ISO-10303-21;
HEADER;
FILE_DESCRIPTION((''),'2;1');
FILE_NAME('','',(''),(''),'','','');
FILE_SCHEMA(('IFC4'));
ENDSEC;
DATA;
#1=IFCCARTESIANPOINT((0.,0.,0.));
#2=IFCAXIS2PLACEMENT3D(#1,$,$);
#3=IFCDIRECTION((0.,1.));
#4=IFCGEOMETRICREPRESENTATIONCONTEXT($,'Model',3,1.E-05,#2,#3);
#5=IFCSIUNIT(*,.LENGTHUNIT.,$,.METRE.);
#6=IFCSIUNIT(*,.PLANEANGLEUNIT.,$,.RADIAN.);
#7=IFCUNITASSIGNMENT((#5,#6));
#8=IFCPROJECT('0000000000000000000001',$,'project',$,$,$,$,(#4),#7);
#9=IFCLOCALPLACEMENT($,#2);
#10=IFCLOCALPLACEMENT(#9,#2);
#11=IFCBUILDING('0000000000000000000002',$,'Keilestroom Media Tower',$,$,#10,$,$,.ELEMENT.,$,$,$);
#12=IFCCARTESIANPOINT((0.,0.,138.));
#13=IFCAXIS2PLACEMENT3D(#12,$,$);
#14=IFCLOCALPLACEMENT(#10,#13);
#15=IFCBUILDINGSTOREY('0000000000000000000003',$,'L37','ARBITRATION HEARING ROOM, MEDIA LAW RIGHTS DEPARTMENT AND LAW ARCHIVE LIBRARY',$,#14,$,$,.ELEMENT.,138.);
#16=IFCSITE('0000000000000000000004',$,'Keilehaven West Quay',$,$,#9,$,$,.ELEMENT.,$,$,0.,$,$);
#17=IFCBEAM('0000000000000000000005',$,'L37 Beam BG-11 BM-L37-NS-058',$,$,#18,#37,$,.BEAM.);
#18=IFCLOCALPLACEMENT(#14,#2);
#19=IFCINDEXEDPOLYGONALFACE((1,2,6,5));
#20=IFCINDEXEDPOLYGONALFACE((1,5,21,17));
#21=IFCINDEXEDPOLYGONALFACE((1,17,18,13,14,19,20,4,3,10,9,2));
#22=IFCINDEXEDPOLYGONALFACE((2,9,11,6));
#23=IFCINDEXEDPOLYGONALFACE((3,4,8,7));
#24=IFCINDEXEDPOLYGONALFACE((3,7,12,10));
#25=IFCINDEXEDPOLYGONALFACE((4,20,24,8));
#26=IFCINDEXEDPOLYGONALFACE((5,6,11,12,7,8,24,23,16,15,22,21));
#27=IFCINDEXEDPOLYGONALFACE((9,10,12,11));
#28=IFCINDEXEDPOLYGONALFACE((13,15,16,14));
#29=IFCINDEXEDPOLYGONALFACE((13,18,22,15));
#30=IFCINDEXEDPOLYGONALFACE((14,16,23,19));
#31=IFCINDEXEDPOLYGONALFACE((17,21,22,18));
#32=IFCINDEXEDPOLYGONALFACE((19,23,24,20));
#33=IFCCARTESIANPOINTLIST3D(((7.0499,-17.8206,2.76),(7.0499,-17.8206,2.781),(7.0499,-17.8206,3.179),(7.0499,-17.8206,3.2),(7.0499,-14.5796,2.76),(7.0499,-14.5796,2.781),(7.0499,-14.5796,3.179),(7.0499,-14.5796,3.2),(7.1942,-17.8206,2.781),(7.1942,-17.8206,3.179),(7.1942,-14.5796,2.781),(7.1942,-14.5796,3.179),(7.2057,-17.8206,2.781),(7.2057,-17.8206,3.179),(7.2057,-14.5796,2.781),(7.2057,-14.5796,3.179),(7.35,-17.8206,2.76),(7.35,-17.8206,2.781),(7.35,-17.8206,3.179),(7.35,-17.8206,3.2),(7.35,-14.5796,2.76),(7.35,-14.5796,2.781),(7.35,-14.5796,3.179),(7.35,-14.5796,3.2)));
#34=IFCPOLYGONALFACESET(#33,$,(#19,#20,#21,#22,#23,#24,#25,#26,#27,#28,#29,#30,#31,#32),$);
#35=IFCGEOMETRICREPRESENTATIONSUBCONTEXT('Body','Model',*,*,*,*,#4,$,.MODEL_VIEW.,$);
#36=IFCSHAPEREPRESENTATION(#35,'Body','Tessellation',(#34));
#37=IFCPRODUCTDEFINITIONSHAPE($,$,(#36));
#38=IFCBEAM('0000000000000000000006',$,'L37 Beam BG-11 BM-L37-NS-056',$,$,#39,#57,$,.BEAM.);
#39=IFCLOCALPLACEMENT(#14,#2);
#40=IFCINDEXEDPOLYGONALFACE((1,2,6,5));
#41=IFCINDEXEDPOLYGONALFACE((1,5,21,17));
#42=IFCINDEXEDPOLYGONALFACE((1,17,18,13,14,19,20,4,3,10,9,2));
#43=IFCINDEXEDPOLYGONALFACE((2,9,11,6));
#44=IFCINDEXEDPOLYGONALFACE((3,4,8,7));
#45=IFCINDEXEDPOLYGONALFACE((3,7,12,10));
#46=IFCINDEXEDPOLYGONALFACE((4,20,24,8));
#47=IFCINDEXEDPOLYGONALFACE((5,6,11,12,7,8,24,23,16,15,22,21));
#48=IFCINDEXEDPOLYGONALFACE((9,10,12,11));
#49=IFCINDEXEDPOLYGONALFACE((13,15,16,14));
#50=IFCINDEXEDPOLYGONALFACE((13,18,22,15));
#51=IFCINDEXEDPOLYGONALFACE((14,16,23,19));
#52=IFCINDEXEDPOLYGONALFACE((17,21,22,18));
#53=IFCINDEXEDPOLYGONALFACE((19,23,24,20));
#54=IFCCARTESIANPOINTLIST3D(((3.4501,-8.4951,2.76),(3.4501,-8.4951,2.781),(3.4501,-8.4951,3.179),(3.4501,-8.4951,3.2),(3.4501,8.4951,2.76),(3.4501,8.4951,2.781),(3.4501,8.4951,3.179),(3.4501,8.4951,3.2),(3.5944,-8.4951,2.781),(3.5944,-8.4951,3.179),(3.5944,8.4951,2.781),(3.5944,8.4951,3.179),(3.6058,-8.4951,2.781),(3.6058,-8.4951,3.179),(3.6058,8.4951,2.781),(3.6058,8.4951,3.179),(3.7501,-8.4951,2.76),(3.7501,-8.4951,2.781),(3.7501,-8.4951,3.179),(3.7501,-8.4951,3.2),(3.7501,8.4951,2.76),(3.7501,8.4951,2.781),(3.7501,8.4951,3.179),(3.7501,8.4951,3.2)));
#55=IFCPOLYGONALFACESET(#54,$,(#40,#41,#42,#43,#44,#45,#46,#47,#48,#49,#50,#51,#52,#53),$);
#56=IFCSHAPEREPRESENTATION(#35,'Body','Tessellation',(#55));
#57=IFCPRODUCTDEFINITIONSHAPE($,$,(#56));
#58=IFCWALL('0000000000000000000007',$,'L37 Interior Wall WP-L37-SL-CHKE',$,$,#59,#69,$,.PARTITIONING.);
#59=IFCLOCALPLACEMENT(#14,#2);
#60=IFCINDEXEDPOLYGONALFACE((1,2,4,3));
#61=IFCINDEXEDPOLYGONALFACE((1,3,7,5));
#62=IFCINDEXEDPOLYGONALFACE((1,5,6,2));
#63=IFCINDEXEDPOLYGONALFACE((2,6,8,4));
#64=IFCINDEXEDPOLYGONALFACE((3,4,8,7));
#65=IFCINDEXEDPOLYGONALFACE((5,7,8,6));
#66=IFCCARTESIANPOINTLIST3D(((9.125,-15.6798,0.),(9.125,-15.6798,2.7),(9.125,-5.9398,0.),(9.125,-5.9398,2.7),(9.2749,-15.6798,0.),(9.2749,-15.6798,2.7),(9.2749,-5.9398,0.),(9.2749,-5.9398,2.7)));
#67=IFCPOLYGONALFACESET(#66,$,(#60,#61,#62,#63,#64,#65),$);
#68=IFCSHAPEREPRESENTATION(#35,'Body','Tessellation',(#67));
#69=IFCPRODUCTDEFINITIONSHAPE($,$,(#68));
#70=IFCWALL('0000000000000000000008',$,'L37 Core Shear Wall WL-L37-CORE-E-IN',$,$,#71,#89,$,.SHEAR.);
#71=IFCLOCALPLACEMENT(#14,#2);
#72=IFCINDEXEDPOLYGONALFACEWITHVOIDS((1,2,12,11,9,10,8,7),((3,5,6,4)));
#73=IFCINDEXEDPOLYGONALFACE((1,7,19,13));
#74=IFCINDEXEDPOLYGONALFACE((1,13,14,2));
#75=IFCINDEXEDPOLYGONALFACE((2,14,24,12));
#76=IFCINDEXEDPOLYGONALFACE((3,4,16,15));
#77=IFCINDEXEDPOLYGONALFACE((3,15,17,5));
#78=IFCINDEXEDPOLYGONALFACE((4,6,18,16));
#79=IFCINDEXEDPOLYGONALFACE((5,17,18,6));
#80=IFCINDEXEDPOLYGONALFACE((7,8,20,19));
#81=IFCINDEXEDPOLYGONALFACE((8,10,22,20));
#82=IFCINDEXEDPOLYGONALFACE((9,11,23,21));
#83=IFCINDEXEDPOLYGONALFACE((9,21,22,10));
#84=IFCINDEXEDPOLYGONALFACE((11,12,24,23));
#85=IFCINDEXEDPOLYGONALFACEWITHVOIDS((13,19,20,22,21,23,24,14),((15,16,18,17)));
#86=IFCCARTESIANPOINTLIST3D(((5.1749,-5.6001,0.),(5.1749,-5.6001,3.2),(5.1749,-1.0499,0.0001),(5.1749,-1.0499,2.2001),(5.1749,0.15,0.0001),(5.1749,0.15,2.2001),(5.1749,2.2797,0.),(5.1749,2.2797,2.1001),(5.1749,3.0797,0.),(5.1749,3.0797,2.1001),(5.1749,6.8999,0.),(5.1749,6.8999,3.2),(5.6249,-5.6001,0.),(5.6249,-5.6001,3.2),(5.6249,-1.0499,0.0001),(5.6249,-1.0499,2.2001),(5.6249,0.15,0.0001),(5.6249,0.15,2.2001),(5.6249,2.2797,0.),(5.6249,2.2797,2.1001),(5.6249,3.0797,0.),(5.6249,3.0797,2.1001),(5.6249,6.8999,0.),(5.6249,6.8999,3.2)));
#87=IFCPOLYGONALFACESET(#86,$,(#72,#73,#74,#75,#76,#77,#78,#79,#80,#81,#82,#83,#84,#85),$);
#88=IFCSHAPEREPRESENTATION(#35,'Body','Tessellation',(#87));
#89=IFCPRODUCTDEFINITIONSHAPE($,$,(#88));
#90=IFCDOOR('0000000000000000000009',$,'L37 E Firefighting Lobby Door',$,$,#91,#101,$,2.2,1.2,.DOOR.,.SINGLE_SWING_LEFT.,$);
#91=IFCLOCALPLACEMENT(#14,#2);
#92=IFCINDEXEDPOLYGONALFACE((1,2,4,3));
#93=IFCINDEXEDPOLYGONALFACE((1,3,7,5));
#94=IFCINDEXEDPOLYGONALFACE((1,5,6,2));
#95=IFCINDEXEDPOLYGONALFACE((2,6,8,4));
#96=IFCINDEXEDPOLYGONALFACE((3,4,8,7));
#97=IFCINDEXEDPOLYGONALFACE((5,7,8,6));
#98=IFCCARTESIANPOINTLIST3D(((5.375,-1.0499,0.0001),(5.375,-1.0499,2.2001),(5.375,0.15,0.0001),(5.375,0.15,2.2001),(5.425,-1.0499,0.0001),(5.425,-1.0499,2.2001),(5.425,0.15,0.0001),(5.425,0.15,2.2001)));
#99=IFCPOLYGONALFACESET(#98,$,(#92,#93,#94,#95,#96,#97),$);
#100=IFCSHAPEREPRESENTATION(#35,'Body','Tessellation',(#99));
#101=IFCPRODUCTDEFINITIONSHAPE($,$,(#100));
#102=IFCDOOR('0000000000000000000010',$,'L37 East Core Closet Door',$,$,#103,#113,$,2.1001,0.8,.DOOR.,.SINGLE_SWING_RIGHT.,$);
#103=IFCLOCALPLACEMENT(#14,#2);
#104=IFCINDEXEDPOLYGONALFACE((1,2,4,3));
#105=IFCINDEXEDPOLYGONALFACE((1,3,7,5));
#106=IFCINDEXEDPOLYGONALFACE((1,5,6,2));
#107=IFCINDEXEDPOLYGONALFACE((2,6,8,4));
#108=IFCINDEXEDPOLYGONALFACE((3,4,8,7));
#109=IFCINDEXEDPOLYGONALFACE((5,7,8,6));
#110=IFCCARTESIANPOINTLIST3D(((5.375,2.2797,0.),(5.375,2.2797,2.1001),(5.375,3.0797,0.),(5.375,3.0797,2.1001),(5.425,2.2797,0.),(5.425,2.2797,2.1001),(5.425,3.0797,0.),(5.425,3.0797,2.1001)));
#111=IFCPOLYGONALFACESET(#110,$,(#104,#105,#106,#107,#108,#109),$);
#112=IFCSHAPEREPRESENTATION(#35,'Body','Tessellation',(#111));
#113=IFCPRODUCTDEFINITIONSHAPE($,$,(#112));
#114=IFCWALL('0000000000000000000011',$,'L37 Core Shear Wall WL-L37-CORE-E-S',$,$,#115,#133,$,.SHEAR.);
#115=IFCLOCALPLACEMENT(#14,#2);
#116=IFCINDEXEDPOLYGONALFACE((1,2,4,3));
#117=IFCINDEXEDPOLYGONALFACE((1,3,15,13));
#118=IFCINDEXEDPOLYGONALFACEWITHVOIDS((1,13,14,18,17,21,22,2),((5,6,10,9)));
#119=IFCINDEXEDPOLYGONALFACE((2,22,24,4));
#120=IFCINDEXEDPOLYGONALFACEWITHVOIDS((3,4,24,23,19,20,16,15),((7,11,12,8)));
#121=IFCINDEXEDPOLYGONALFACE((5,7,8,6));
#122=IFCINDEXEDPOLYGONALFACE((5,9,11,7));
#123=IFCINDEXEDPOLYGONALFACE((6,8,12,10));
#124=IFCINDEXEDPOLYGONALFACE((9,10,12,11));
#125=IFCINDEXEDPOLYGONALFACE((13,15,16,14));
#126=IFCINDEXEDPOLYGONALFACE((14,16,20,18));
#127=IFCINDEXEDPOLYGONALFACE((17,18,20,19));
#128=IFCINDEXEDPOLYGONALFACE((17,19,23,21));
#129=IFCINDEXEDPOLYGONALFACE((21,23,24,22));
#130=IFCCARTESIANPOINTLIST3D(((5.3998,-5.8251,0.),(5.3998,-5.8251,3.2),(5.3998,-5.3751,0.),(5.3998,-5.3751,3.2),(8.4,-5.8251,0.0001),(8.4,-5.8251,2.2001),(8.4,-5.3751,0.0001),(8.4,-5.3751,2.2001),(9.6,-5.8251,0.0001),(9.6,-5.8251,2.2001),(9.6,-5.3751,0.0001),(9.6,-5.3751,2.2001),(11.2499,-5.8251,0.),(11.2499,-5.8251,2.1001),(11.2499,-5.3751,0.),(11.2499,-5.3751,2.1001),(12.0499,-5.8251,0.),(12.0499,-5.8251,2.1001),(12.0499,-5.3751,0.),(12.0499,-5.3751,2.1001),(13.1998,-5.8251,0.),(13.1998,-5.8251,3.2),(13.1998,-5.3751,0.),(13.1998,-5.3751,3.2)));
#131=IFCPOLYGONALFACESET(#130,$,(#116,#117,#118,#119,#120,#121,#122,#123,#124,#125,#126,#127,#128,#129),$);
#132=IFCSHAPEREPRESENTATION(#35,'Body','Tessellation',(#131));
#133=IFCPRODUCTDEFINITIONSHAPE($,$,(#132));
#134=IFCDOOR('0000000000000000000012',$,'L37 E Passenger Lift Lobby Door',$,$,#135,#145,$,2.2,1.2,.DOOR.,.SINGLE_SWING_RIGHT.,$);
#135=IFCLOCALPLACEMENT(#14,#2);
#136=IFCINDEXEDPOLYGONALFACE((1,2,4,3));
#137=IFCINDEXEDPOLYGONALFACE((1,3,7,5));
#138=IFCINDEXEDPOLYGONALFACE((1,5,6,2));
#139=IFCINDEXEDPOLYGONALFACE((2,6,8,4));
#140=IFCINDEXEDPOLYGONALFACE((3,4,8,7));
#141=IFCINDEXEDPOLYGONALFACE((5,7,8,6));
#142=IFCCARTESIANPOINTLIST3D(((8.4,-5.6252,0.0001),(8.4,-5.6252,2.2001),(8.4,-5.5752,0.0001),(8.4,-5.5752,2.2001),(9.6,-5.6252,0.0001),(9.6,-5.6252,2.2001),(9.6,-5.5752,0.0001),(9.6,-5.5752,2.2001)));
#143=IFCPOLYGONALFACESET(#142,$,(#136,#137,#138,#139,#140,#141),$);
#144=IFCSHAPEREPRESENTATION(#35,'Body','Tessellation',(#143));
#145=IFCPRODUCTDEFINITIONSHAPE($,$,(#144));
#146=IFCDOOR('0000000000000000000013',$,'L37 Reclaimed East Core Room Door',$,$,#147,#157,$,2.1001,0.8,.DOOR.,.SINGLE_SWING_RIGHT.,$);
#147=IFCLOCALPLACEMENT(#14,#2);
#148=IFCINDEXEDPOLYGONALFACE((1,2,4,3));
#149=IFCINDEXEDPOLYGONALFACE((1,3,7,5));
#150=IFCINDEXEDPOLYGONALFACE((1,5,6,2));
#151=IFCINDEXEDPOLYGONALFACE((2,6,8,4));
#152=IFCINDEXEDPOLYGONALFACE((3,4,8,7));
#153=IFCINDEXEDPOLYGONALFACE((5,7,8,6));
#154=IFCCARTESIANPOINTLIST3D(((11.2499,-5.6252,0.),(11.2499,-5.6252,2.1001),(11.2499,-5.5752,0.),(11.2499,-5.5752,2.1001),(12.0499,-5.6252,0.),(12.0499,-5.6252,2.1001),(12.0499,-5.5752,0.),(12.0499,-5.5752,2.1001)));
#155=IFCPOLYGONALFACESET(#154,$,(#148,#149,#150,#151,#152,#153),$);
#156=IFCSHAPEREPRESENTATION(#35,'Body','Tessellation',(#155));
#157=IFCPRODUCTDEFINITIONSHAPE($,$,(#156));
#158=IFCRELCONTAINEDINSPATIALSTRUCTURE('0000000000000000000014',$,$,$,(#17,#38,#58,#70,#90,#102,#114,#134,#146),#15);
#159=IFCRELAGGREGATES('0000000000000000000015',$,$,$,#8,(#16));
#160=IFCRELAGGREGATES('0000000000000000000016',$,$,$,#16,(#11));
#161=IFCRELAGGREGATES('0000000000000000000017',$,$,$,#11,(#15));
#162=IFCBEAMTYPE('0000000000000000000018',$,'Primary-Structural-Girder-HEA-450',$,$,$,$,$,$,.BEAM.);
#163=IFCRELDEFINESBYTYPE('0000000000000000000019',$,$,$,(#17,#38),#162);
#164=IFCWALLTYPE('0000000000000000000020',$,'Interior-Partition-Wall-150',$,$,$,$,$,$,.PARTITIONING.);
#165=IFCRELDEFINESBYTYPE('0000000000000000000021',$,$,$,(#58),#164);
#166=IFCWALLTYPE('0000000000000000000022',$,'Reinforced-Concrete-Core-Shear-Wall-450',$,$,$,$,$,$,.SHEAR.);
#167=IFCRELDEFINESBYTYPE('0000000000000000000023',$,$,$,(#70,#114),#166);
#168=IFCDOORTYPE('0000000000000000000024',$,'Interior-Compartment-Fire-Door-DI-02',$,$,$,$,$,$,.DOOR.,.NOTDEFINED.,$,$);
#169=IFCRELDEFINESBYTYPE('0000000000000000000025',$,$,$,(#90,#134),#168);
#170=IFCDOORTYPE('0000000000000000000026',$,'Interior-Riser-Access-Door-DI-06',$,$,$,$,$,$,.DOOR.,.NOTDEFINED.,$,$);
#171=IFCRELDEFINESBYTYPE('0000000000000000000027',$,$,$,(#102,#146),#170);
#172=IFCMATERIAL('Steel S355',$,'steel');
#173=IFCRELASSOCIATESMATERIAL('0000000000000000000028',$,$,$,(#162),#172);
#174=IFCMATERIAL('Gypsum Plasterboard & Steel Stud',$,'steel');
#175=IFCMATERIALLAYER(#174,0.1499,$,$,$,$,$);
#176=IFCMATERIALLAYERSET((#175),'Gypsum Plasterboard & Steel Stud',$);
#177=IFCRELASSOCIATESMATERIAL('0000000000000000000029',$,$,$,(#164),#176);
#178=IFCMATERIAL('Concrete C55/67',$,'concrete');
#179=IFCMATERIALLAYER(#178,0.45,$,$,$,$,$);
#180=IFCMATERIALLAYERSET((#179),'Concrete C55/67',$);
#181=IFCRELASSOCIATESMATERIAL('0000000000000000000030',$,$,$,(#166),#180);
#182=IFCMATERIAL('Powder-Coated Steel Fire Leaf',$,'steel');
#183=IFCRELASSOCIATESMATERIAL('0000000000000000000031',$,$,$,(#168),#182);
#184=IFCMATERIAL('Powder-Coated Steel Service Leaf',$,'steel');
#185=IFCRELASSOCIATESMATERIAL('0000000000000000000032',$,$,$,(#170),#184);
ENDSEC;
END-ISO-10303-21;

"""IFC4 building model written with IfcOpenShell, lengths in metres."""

from ifc_helpers import new_model, si_unit, direction, frame, frame_2d, origin, origin_2d, place, context, subcontext, project, spatial, rectangle, i_section, extrude, source, transform, mapped, material, layer, layer_set, material_profile, profile_set, type_object, element, fill, save


model = new_model("IFC4")

# Units and contexts
model_context = context("Model", 3, precision=1e-05, world=origin(), true_north=direction((0.0, 1.0)))
body_context = subcontext(model_context, "Body", "Model", "MODEL_VIEW")
ifc_project = project(units=[si_unit("LENGTHUNIT", "METRE"), si_unit("PLANEANGLEUNIT", "RADIAN")], contexts=[model_context])

# Site, building, storey
site_placement = place(None, origin())
site = spatial("IfcSite", under=ifc_project, at=site_placement, Name="Keilehaven West Quay", CompositionType="ELEMENT", RefElevation=0.0)
building_placement = place(site_placement, origin())
building = spatial("IfcBuilding", under=site, at=building_placement, Name="Keilestroom Media Tower", CompositionType="ELEMENT")
storey_placement = place(building_placement, frame((0.0, 0.0, 138.0)))
storey = spatial("IfcBuildingStorey", under=building, at=storey_placement, Name="L37", Description="ARBITRATION HEARING ROOM, MEDIA LAW RIGHTS DEPARTMENT AND LAW ARCHIVE LIBRARY", CompositionType="ELEMENT", Elevation=138.0)

# Shared definitions
ifc_material_1 = material(Name="Steel S355", Category="steel")
ifc_material_2 = material(Name="Concrete C55/67", Category="concrete")

# Beams
ifc_material_profile_1 = material_profile(ifc_material_1, i_section(OverallWidth=0.3, OverallDepth=0.4399, WebThickness=0.0115, FlangeThickness=0.021, at=origin_2d()), Name="HEA 450")
ifc_profile_set_1 = profile_set([ifc_material_profile_1], Name="Steel S355")
beam_type_1 = type_object("IfcBeamType", Name="Primary-Structural-Girder-HEA-450", PredefinedType="BEAM", material=ifc_profile_set_1)
shared_shape_1 = source(origin(), body_context, "Body", "SweptSolid", [
    extrude(i_section(OverallWidth=0.3, OverallDepth=0.4399, WebThickness=0.0115, FlangeThickness=0.021, at=origin_2d()), origin(), (0.0, 0.0, 1.0), 3.241),
])
beam_1_placement = place(storey_placement, frame((7.2, -17.8206, 2.98), z_axis=(0.0, 1.0, 0.0), x_axis=(-1.0, 0.0, 0.0)))
element("IfcBeam", 1, at=beam_1_placement, inside=storey, type_object=beam_type_1, Name="L37 Beam BG-11 BM-L37-NS-058", PredefinedType="BEAM", context=body_context, shape_type="MappedRepresentation", body=[
    mapped(shared_shape_1, transform((0.0, 0.0, 0.0), x_axis=(1.0, 0.0, 0.0), y_axis=(0.0, 1.0, 0.0), z_axis=(0.0, 0.0, 1.0), scale=1.0)),
])
shared_shape_2 = source(origin(), body_context, "Body", "SweptSolid", [
    extrude(i_section(OverallWidth=0.3, OverallDepth=0.4399, WebThickness=0.0115, FlangeThickness=0.021, at=origin_2d()), origin(), (0.0, 0.0, 1.0), 16.9902),
])
beam_2_placement = place(storey_placement, frame((3.6001, -8.4951, 2.98), z_axis=(0.0, 1.0, 0.0), x_axis=(-1.0, 0.0, 0.0)))
element("IfcBeam", 2, at=beam_2_placement, inside=storey, type_object=beam_type_1, Name="L37 Beam BG-11 BM-L37-NS-056", PredefinedType="BEAM", context=body_context, shape_type="MappedRepresentation", body=[
    mapped(shared_shape_2, transform((0.0, 0.0, 0.0), x_axis=(1.0, 0.0, 0.0), y_axis=(0.0, 1.0, 0.0), z_axis=(0.0, 0.0, 1.0), scale=1.0)),
])

# Wall
ifc_material_3 = material(Name="Gypsum Plasterboard & Steel Stud", Category="steel")
ifc_layer_1 = layer(ifc_material_3, 0.1499)
ifc_layer_set_1 = layer_set([ifc_layer_1], Name="Gypsum Plasterboard & Steel Stud")
wall_type_1 = type_object("IfcWallType", Name="Interior-Partition-Wall-150", PredefinedType="PARTITIONING", material=ifc_layer_set_1)
wall_1_placement = place(storey_placement, frame((9.2, -15.6799, 0.0), z_axis=(0.0, 0.0, 1.0), x_axis=(0.0, 1.0, 0.0)))
element("IfcWall", 3, at=wall_1_placement, inside=storey, type_object=wall_type_1, Name="L37 Interior Wall WP-L37-SL-CHKE", PredefinedType="PARTITIONING", context=body_context, shape_type="SweptSolid", body=[
    extrude(rectangle(XDim=9.74, YDim=0.1499, at=frame_2d((4.8701, 0.0))), origin(), (0.0, 0.0, 1.0), 2.7),
])

# Walls, openings, doors
ifc_layer_2 = layer(ifc_material_2, 0.45)
ifc_layer_set_2 = layer_set([ifc_layer_2], Name="Concrete C55/67")
wall_type_2 = type_object("IfcWallType", Name="Reinforced-Concrete-Core-Shear-Wall-450", PredefinedType="SHEAR", material=ifc_layer_set_2)
wall_2_placement = place(storey_placement, frame((5.3999, -5.6001, 0.0), z_axis=(0.0, 0.0, 1.0), x_axis=(0.0, 1.0, 0.0)))
wall_2 = element("IfcWall", 4, at=wall_2_placement, inside=storey, type_object=wall_type_2, Name="L37 Core Shear Wall WL-L37-CORE-E-IN", PredefinedType="SHEAR", context=body_context, shape_type="SweptSolid", body=[
    extrude(rectangle(XDim=12.5, YDim=0.45, at=frame_2d((6.25, 0.0))), origin(), (0.0, 0.0, 1.0), 3.2),
])
opening_1_placement = place(wall_2_placement, frame((4.55, 0.0, 0.0)))
opening_1 = element("IfcOpeningElement", 5, at=opening_1_placement, cuts=wall_2, PredefinedType="OPENING", context=body_context, shape_type="SweptSolid", body=[
    extrude(rectangle(XDim=1.2, YDim=2.2, at=frame_2d((0.6001, 1.1001))), frame((0.0, 0.2349, 0.0), z_axis=(0.0, -1.0, 0.0), x_axis=(1.0, 0.0, 0.0)), (0.0, 0.0, 1.0), 0.47),
])
opening_2_placement = place(wall_2_placement, frame((7.8799, 0.0, 0.0)))
opening_2 = element("IfcOpeningElement", 6, at=opening_2_placement, cuts=wall_2, PredefinedType="OPENING", context=body_context, shape_type="SweptSolid", body=[
    extrude(rectangle(XDim=0.8, YDim=2.1001, at=frame_2d((0.3999, 1.05))), frame((0.0, 0.2349, 0.0), z_axis=(0.0, -1.0, 0.0), x_axis=(1.0, 0.0, 0.0)), (0.0, 0.0, 1.0), 0.47),
])
ifc_material_4 = material(Name="Powder-Coated Steel Fire Leaf", Category="steel")
door_type_1 = type_object("IfcDoorType", Name="Interior-Compartment-Fire-Door-DI-02", OperationType="NOTDEFINED", PredefinedType="DOOR", material=ifc_material_4)
shared_shape_3 = source(origin(), body_context, "Body", "SweptSolid", [
    extrude(rectangle(XDim=1.2, YDim=2.2, at=frame_2d((0.6001, 1.1001))), frame((0.0, 0.0249, 0.0), z_axis=(0.0, -1.0, 0.0), x_axis=(1.0, 0.0, 0.0)), (0.0, 0.0, 1.0), 0.05),
])
door_1_placement = place(opening_1_placement, origin())
door_1 = element("IfcDoor", 7, at=door_1_placement, inside=storey, type_object=door_type_1, Name="L37 E Firefighting Lobby Door", OperationType="SINGLE_SWING_LEFT", OverallHeight=2.2, OverallWidth=1.2, PredefinedType="DOOR", context=body_context, shape_type="MappedRepresentation", body=[
    mapped(shared_shape_3, transform((0.0, 0.0, 0.0), x_axis=(1.0, 0.0, 0.0), y_axis=(0.0, 1.0, 0.0), z_axis=(0.0, 0.0, 1.0), scale=1.0)),
])
fill(opening_1, door_1)
ifc_material_5 = material(Name="Powder-Coated Steel Service Leaf", Category="steel")
door_type_2 = type_object("IfcDoorType", Name="Interior-Riser-Access-Door-DI-06", OperationType="NOTDEFINED", PredefinedType="DOOR", material=ifc_material_5)
shared_shape_4 = source(origin(), body_context, "Body", "SweptSolid", [
    extrude(rectangle(XDim=0.8, YDim=2.1001, at=frame_2d((0.3999, 1.05))), frame((0.0, 0.0249, 0.0), z_axis=(0.0, -1.0, 0.0), x_axis=(1.0, 0.0, 0.0)), (0.0, 0.0, 1.0), 0.05),
])
door_2_placement = place(opening_2_placement, origin())
door_2 = element("IfcDoor", 8, at=door_2_placement, inside=storey, type_object=door_type_2, Name="L37 East Core Closet Door", OperationType="SINGLE_SWING_RIGHT", OverallHeight=2.1001, OverallWidth=0.8, PredefinedType="DOOR", context=body_context, shape_type="MappedRepresentation", body=[
    mapped(shared_shape_4, transform((0.0, 0.0, 0.0), x_axis=(1.0, 0.0, 0.0), y_axis=(0.0, 1.0, 0.0), z_axis=(0.0, 0.0, 1.0), scale=1.0)),
])
fill(opening_2, door_2)
wall_3_placement = place(storey_placement, frame((5.3999, -5.6001, 0.0), z_axis=(0.0, 0.0, 1.0), x_axis=(1.0, 0.0, 0.0)))
wall_3 = element("IfcWall", 9, at=wall_3_placement, inside=storey, type_object=wall_type_2, Name="L37 Core Shear Wall WL-L37-CORE-E-S", PredefinedType="SHEAR", context=body_context, shape_type="SweptSolid", body=[
    extrude(rectangle(XDim=7.8, YDim=0.45, at=frame_2d((3.8999, 0.0))), origin(), (0.0, 0.0, 1.0), 3.2),
])
opening_3_placement = place(wall_3_placement, frame((3.0, 0.0, 0.0)))
opening_3 = element("IfcOpeningElement", 10, at=opening_3_placement, cuts=wall_3, PredefinedType="OPENING", context=body_context, shape_type="SweptSolid", body=[
    extrude(rectangle(XDim=1.2, YDim=2.2, at=frame_2d((0.6001, 1.1001))), frame((0.0, 0.2349, 0.0), z_axis=(0.0, -1.0, 0.0), x_axis=(1.0, 0.0, 0.0)), (0.0, 0.0, 1.0), 0.47),
])
opening_4_placement = place(wall_3_placement, frame((5.8501, 0.0, 0.0)))
opening_4 = element("IfcOpeningElement", 11, at=opening_4_placement, cuts=wall_3, PredefinedType="OPENING", context=body_context, shape_type="SweptSolid", body=[
    extrude(rectangle(XDim=0.8, YDim=2.1001, at=frame_2d((0.3999, 1.05))), frame((0.0, 0.2349, 0.0), z_axis=(0.0, -1.0, 0.0), x_axis=(1.0, 0.0, 0.0)), (0.0, 0.0, 1.0), 0.47),
])
door_3_placement = place(opening_3_placement, origin())
door_3 = element("IfcDoor", 12, at=door_3_placement, inside=storey, type_object=door_type_1, Name="L37 E Passenger Lift Lobby Door", OperationType="SINGLE_SWING_RIGHT", OverallHeight=2.2, OverallWidth=1.2, PredefinedType="DOOR", context=body_context, shape_type="MappedRepresentation", body=[
    mapped(shared_shape_3, transform((0.0, 0.0, 0.0), x_axis=(1.0, 0.0, 0.0), y_axis=(0.0, 1.0, 0.0), z_axis=(0.0, 0.0, 1.0), scale=1.0)),
])
fill(opening_3, door_3)
door_4_placement = place(opening_4_placement, origin())
door_4 = element("IfcDoor", 13, at=door_4_placement, inside=storey, type_object=door_type_2, Name="L37 Reclaimed East Core Room Door", OperationType="SINGLE_SWING_RIGHT", OverallHeight=2.1001, OverallWidth=0.8, PredefinedType="DOOR", context=body_context, shape_type="MappedRepresentation", body=[
    mapped(shared_shape_4, transform((0.0, 0.0, 0.0), x_axis=(1.0, 0.0, 0.0), y_axis=(0.0, 1.0, 0.0), z_axis=(0.0, 0.0, 1.0), scale=1.0)),
])
fill(opening_4, door_4)

save(model, "model.ifc")
